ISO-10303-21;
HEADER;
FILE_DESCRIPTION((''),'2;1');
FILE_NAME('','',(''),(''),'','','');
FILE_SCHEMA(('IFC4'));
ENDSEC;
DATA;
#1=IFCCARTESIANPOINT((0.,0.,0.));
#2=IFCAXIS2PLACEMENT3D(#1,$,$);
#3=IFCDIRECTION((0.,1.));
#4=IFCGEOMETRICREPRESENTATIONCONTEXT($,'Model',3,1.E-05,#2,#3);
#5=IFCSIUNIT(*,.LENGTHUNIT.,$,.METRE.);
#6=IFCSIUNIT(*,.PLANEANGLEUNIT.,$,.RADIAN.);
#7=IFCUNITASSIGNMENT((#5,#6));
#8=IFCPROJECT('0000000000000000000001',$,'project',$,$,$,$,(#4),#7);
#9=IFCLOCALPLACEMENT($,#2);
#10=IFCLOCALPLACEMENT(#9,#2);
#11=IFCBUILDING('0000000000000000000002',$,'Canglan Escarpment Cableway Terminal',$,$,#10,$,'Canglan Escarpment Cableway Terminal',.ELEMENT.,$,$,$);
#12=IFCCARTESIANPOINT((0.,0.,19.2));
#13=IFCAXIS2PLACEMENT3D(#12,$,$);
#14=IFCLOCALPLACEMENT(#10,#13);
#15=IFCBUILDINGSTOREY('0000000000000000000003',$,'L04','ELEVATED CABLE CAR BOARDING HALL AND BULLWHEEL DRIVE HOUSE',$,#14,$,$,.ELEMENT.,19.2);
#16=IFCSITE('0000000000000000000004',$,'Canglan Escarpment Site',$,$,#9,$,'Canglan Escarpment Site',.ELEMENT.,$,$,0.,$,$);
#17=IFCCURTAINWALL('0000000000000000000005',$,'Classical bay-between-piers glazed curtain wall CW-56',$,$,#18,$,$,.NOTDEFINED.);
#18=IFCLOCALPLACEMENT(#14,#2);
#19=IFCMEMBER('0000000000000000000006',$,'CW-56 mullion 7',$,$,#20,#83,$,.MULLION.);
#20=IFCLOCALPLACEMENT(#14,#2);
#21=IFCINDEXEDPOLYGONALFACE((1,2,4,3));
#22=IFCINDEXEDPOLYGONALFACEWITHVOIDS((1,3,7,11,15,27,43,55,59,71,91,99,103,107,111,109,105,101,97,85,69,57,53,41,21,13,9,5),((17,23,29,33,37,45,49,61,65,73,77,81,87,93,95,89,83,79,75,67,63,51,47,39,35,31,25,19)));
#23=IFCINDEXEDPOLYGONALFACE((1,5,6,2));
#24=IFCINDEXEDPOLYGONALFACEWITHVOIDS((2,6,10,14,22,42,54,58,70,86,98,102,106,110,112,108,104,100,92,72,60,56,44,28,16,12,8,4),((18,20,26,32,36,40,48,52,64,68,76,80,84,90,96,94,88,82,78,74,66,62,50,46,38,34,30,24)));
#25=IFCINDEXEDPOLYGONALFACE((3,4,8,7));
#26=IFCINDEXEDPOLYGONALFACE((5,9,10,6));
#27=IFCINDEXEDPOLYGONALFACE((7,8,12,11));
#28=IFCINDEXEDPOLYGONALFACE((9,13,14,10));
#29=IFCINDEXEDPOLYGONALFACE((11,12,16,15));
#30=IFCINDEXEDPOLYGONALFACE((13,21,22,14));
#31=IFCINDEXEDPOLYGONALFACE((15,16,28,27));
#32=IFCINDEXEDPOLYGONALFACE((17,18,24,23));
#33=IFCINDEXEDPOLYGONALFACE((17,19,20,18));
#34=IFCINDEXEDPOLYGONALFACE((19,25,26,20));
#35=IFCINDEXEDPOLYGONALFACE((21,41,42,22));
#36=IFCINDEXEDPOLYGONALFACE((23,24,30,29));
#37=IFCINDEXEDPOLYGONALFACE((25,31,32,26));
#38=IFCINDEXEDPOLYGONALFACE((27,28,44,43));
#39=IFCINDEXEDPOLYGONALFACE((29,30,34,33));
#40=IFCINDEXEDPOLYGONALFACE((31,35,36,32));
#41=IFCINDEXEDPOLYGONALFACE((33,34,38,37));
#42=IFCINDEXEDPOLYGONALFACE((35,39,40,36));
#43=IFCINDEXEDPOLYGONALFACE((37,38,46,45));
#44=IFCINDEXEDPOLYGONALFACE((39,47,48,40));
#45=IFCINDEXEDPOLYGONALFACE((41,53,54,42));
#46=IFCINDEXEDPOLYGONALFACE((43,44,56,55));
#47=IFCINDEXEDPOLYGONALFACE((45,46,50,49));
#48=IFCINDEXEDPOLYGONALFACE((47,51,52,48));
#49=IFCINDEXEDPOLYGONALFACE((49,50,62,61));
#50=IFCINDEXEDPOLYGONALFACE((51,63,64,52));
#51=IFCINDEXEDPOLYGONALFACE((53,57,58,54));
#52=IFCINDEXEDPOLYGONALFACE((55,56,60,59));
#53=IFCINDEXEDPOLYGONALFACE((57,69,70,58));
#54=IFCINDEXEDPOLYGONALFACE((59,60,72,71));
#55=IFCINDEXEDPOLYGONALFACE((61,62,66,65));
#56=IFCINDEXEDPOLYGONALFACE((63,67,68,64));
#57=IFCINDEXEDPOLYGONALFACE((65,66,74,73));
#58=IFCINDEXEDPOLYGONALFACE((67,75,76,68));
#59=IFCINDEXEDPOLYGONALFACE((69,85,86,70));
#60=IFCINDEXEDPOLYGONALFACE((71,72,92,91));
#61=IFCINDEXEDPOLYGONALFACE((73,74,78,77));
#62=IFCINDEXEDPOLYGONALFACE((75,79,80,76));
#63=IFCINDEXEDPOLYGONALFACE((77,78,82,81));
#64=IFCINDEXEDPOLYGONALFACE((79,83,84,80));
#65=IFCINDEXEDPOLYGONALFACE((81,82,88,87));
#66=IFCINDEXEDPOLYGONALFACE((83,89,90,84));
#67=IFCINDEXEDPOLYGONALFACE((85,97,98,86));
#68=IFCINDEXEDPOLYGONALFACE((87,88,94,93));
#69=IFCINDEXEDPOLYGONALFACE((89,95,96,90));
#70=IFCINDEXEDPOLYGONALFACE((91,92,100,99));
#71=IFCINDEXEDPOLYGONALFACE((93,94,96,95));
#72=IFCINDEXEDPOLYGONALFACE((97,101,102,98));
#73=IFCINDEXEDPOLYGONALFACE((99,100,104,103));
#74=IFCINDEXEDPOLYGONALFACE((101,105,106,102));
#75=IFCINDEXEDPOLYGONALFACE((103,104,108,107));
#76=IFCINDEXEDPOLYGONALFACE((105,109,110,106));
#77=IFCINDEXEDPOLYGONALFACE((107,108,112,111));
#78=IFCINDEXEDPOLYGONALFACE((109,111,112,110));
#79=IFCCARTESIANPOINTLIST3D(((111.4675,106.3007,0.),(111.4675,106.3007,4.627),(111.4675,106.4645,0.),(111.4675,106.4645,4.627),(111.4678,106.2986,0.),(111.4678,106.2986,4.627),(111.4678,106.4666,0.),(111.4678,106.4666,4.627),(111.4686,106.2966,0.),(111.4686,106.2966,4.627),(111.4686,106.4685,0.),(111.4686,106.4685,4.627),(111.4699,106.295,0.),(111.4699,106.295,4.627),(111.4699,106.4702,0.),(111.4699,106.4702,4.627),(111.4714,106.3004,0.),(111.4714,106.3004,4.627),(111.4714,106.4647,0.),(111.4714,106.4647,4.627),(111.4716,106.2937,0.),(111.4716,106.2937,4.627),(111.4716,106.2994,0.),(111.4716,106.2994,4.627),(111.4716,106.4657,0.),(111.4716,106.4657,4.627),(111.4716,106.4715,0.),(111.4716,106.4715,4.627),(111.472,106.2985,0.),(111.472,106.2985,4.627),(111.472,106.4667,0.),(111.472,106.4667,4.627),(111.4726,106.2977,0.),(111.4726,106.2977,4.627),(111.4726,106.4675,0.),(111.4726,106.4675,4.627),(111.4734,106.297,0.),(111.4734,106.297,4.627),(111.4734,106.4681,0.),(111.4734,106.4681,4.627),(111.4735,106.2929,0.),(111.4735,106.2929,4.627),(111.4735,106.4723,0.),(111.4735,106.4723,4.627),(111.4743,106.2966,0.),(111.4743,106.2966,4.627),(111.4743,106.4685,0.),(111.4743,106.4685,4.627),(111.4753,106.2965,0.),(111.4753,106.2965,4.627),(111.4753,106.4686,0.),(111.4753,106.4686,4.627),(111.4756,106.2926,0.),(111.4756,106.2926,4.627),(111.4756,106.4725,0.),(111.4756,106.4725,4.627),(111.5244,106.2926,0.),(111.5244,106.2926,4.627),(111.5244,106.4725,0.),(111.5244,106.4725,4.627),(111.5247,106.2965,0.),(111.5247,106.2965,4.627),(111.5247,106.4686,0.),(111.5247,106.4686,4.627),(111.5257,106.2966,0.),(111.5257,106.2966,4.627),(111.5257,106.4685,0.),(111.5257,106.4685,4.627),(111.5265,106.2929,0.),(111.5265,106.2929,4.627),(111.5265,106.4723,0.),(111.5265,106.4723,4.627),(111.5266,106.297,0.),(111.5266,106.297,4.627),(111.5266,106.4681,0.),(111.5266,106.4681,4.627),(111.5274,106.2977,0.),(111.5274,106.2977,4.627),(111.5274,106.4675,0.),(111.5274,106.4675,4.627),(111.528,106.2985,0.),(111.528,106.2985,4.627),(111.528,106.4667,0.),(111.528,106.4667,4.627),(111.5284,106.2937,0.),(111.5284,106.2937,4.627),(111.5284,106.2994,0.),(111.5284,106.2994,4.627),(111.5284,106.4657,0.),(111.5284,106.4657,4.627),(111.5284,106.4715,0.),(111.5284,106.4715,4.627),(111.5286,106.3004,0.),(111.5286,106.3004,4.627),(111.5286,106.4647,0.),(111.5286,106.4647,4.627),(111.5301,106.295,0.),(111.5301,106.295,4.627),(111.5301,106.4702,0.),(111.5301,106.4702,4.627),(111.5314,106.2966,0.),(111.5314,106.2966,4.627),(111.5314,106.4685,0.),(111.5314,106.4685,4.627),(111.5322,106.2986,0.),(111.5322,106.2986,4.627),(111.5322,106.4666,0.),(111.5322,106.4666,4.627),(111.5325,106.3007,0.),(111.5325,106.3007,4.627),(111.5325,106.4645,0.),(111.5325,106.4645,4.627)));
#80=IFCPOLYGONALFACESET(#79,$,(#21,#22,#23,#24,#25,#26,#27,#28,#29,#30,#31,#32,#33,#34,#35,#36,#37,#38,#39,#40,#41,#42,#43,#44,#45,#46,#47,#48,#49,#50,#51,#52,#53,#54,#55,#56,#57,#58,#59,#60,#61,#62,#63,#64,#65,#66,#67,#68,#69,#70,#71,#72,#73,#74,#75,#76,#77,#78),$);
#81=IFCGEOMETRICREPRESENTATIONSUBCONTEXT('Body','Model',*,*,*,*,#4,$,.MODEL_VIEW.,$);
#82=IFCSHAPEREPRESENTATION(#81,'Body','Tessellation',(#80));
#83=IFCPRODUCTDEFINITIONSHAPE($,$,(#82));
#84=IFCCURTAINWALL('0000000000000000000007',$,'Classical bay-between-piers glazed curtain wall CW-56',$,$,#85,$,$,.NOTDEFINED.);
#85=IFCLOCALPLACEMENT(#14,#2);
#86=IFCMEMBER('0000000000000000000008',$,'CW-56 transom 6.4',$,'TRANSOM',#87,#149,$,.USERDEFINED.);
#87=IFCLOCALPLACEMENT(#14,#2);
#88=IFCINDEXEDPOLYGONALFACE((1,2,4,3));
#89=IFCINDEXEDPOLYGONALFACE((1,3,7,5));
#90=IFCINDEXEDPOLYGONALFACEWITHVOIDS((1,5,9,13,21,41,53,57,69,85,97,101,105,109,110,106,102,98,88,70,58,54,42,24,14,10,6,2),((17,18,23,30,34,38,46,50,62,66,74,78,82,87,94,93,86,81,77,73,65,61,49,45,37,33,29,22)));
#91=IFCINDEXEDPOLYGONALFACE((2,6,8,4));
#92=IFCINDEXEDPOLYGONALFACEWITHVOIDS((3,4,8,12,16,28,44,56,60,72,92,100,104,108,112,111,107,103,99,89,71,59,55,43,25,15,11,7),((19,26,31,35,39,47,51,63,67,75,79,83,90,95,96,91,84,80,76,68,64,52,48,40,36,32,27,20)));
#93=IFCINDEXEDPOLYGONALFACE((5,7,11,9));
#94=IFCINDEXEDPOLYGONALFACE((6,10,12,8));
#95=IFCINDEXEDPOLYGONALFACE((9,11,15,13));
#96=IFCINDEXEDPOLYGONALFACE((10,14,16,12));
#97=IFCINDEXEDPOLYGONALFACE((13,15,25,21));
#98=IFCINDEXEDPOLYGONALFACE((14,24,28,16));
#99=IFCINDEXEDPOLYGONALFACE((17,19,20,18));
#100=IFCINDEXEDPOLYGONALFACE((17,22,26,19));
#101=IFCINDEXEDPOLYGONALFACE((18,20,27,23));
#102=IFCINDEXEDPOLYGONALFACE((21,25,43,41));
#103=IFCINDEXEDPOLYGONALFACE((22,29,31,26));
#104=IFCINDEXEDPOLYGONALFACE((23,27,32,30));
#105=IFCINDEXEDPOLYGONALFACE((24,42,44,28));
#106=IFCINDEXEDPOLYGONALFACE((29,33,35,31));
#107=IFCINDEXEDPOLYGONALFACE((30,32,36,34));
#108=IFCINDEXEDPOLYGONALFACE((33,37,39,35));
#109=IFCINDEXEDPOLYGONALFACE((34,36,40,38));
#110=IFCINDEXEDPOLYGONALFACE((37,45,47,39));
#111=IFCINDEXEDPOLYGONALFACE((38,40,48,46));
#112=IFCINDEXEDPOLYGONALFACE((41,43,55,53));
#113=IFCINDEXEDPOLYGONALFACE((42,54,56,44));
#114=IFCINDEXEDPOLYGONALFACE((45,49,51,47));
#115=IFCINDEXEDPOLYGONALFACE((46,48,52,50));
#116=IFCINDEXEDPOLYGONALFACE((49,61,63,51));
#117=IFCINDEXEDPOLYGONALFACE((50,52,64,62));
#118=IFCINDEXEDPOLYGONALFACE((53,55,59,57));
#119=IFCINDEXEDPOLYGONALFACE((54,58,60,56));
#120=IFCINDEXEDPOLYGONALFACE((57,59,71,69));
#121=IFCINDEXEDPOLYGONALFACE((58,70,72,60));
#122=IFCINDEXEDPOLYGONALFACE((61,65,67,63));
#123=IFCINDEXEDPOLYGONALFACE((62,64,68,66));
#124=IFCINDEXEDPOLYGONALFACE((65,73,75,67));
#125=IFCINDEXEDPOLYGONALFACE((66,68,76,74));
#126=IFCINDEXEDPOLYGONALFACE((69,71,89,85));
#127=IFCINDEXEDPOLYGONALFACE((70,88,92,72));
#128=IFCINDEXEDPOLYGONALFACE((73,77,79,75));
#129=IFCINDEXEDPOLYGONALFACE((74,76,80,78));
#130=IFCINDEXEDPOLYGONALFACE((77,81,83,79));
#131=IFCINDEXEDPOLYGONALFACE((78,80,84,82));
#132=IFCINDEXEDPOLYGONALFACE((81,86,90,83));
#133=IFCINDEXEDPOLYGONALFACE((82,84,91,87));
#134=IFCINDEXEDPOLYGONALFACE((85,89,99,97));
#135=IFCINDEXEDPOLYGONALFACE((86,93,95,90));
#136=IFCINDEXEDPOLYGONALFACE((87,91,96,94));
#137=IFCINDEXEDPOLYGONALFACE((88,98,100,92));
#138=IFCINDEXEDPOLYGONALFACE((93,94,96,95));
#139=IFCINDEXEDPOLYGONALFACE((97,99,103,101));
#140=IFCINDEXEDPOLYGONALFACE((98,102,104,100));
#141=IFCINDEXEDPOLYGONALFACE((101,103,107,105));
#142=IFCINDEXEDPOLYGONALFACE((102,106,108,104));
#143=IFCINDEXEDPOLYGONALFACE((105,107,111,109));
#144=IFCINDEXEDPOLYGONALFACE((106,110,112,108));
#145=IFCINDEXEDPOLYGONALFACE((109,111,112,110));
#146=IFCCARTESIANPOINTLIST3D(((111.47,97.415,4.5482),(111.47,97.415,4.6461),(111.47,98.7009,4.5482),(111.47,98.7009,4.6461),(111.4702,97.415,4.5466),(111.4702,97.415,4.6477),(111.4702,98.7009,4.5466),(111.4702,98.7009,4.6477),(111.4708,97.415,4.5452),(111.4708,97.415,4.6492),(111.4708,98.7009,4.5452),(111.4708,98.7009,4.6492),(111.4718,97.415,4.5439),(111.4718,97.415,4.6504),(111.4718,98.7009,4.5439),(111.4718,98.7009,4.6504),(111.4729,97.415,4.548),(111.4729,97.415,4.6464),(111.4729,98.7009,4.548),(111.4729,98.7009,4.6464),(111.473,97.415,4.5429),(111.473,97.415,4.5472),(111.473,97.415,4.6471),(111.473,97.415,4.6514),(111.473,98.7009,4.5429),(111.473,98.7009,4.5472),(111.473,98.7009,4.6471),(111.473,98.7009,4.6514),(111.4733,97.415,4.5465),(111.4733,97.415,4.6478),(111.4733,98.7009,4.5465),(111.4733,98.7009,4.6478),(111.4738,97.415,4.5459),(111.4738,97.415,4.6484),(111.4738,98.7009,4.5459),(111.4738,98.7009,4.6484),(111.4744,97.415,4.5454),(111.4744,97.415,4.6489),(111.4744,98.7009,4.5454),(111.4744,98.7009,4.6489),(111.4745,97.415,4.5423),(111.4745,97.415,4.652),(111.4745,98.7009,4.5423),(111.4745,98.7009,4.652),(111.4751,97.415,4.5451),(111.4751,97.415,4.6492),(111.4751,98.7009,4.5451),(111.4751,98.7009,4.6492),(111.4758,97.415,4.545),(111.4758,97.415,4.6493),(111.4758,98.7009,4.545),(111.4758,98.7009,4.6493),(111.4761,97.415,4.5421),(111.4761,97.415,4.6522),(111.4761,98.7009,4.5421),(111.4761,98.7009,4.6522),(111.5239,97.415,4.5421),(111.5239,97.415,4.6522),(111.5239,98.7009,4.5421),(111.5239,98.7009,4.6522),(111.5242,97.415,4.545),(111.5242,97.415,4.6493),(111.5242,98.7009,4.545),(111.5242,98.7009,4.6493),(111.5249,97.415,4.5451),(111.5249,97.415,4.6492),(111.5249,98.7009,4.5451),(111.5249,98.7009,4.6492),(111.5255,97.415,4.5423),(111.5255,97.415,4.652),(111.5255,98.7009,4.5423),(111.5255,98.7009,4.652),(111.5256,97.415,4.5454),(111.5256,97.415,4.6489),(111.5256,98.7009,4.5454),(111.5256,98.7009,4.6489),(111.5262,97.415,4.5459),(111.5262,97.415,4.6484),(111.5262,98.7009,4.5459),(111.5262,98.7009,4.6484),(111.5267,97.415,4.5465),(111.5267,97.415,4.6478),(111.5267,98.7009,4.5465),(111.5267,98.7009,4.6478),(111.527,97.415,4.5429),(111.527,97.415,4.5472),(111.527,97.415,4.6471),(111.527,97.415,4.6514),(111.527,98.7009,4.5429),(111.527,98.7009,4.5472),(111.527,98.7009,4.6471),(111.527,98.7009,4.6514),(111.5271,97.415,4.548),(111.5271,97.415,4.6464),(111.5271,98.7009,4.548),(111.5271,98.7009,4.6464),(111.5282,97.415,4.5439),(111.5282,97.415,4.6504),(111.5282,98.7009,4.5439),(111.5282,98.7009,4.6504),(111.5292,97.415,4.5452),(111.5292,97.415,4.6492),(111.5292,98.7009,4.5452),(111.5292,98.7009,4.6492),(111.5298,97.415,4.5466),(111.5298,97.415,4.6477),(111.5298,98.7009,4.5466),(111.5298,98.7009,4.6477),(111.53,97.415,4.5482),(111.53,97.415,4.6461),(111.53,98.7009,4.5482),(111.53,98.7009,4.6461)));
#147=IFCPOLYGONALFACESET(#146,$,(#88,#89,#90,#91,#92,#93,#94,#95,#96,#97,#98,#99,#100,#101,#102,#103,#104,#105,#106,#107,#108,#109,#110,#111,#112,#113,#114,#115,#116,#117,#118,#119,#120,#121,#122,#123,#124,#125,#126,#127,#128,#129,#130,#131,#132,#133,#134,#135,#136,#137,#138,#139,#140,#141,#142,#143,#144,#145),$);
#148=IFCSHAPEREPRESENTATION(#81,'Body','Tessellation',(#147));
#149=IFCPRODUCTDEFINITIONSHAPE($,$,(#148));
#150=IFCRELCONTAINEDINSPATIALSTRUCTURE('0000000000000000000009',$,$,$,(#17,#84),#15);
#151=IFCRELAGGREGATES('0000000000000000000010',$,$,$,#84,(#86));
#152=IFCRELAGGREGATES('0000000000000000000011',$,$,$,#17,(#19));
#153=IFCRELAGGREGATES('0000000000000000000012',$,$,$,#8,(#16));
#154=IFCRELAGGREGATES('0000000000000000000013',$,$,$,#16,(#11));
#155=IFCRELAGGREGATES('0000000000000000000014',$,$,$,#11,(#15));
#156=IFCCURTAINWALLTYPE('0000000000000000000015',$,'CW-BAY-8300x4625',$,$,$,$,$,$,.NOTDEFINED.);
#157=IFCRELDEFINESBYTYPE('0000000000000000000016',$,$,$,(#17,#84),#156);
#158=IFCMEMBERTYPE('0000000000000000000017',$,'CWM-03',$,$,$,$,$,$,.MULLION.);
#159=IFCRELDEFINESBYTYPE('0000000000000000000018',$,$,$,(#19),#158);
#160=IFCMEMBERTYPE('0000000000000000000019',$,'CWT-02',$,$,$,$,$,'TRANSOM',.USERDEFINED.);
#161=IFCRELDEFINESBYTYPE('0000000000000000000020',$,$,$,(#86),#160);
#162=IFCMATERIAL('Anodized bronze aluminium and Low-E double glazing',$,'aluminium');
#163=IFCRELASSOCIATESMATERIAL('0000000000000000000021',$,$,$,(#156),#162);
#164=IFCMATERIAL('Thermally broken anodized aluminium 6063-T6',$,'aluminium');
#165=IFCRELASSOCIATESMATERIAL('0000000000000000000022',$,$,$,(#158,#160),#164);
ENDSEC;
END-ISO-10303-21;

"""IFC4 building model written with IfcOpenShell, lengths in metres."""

from ifc_helpers import new_model, si_unit, direction, frame, origin, origin_2d, place, context, subcontext, project, spatial, hollow_rectangle, extrude, material, material_profile, profile_set, type_object, element, aggregate, save


model = new_model("IFC4")

# Units and contexts
model_context = context("Model", 3, precision=1e-05, world=origin(), true_north=direction((0.0, 1.0)))
body_context = subcontext(model_context, "Body", "Model", "MODEL_VIEW")
ifc_project = project(units=[si_unit("LENGTHUNIT", "METRE"), si_unit("PLANEANGLEUNIT", "RADIAN")], contexts=[model_context])

# Site, building, storey
site_placement = place(None, origin())
site = spatial("IfcSite", under=ifc_project, at=site_placement, Name="Canglan Escarpment Site", LongName="Canglan Escarpment Site", CompositionType="ELEMENT", RefElevation=0.0)
building_placement = place(site_placement, origin())
building = spatial("IfcBuilding", under=site, at=building_placement, Name="Canglan Escarpment Cableway Terminal", LongName="Canglan Escarpment Cableway Terminal", CompositionType="ELEMENT")
storey_placement = place(building_placement, frame((0.0, 0.0, 19.2)))
storey = spatial("IfcBuildingStorey", under=building, at=storey_placement, Name="L04", Description="ELEVATED CABLE CAR BOARDING HALL AND BULLWHEEL DRIVE HOUSE", CompositionType="ELEMENT", Elevation=19.2)

# Curtain wall, member
ifc_material_1 = material(Name="Anodized bronze aluminium and Low-E double glazing", Category="aluminium")
curtain_wall_type = type_object("IfcCurtainWallType", Name="CW-BAY-8300x4625", PredefinedType="NOTDEFINED", material=ifc_material_1)
curtain_wall_1_placement = place(storey_placement, origin())
curtain_wall_1 = element("IfcCurtainWall", 1, at=curtain_wall_1_placement, inside=storey, type_object=curtain_wall_type, Name="Classical bay-between-piers glazed curtain wall CW-56", PredefinedType="NOTDEFINED")
ifc_material_2 = material(Name="Thermally broken anodized aluminium 6063-T6", Category="aluminium")
ifc_material_profile_1 = material_profile(ifc_material_2, hollow_rectangle(XDim=0.0649, YDim=0.1799, WallThickness=0.0039, InnerFilletRadius=0.0039, OuterFilletRadius=0.0081, at=origin_2d()), Name="ALU-MULL 65x180x4")
ifc_profile_set_1 = profile_set([ifc_material_profile_1], Name="Thermally broken anodized aluminium 6063-T6")
member_type_1 = type_object("IfcMemberType", Name="CWM-03", PredefinedType="MULLION", material=ifc_profile_set_1)
member_1_placement = place(storey_placement, frame((111.5, 106.3826, 0.0), z_axis=(0.0, 0.0, 1.0), x_axis=(1.0, 0.0, 0.0)))
member_1 = element("IfcMember", 2, at=member_1_placement, type_object=member_type_1, Name="CW-56 mullion 7", PredefinedType="MULLION", context=body_context, shape_type="SweptSolid", body=[
    extrude(hollow_rectangle(XDim=0.0649, YDim=0.1799, WallThickness=0.0039, InnerFilletRadius=0.0039, OuterFilletRadius=0.0081, at=origin_2d()), origin(), (0.0, 0.0, 1.0), 4.627),
])

# Curtain wall, member
curtain_wall_2_placement = place(storey_placement, origin())
curtain_wall_2 = element("IfcCurtainWall", 3, at=curtain_wall_2_placement, inside=storey, type_object=curtain_wall_type, Name="Classical bay-between-piers glazed curtain wall CW-56", PredefinedType="NOTDEFINED")
ifc_material_profile_2 = material_profile(ifc_material_2, hollow_rectangle(XDim=0.0601, YDim=0.1101, WallThickness=0.0029, InnerFilletRadius=0.0029, OuterFilletRadius=0.0061, at=origin_2d()), Name="ALU-TRAN 60x110x3")
ifc_profile_set_2 = profile_set([ifc_material_profile_2], Name="Thermally broken anodized aluminium 6063-T6")
member_type_2 = type_object("IfcMemberType", Name="CWT-02", ElementType="TRANSOM", PredefinedType="USERDEFINED", material=ifc_profile_set_2)
member_2_placement = place(storey_placement, frame((111.5, 98.7009, 4.5972), z_axis=(0.0, -1.0, 0.0), x_axis=(1.0, 0.0, 0.0)))
member_2 = element("IfcMember", 4, at=member_2_placement, type_object=member_type_2, Name="CW-56 transom 6.4", ObjectType="TRANSOM", PredefinedType="USERDEFINED", context=body_context, shape_type="SweptSolid", body=[
    extrude(hollow_rectangle(XDim=0.0601, YDim=0.1101, WallThickness=0.0029, InnerFilletRadius=0.0029, OuterFilletRadius=0.0061, at=origin_2d()), origin(), (0.0, 0.0, 1.0), 1.2859),
])
aggregate(curtain_wall_2, [member_2])

aggregate(curtain_wall_1, [member_1])

save(model, "model.ifc")
